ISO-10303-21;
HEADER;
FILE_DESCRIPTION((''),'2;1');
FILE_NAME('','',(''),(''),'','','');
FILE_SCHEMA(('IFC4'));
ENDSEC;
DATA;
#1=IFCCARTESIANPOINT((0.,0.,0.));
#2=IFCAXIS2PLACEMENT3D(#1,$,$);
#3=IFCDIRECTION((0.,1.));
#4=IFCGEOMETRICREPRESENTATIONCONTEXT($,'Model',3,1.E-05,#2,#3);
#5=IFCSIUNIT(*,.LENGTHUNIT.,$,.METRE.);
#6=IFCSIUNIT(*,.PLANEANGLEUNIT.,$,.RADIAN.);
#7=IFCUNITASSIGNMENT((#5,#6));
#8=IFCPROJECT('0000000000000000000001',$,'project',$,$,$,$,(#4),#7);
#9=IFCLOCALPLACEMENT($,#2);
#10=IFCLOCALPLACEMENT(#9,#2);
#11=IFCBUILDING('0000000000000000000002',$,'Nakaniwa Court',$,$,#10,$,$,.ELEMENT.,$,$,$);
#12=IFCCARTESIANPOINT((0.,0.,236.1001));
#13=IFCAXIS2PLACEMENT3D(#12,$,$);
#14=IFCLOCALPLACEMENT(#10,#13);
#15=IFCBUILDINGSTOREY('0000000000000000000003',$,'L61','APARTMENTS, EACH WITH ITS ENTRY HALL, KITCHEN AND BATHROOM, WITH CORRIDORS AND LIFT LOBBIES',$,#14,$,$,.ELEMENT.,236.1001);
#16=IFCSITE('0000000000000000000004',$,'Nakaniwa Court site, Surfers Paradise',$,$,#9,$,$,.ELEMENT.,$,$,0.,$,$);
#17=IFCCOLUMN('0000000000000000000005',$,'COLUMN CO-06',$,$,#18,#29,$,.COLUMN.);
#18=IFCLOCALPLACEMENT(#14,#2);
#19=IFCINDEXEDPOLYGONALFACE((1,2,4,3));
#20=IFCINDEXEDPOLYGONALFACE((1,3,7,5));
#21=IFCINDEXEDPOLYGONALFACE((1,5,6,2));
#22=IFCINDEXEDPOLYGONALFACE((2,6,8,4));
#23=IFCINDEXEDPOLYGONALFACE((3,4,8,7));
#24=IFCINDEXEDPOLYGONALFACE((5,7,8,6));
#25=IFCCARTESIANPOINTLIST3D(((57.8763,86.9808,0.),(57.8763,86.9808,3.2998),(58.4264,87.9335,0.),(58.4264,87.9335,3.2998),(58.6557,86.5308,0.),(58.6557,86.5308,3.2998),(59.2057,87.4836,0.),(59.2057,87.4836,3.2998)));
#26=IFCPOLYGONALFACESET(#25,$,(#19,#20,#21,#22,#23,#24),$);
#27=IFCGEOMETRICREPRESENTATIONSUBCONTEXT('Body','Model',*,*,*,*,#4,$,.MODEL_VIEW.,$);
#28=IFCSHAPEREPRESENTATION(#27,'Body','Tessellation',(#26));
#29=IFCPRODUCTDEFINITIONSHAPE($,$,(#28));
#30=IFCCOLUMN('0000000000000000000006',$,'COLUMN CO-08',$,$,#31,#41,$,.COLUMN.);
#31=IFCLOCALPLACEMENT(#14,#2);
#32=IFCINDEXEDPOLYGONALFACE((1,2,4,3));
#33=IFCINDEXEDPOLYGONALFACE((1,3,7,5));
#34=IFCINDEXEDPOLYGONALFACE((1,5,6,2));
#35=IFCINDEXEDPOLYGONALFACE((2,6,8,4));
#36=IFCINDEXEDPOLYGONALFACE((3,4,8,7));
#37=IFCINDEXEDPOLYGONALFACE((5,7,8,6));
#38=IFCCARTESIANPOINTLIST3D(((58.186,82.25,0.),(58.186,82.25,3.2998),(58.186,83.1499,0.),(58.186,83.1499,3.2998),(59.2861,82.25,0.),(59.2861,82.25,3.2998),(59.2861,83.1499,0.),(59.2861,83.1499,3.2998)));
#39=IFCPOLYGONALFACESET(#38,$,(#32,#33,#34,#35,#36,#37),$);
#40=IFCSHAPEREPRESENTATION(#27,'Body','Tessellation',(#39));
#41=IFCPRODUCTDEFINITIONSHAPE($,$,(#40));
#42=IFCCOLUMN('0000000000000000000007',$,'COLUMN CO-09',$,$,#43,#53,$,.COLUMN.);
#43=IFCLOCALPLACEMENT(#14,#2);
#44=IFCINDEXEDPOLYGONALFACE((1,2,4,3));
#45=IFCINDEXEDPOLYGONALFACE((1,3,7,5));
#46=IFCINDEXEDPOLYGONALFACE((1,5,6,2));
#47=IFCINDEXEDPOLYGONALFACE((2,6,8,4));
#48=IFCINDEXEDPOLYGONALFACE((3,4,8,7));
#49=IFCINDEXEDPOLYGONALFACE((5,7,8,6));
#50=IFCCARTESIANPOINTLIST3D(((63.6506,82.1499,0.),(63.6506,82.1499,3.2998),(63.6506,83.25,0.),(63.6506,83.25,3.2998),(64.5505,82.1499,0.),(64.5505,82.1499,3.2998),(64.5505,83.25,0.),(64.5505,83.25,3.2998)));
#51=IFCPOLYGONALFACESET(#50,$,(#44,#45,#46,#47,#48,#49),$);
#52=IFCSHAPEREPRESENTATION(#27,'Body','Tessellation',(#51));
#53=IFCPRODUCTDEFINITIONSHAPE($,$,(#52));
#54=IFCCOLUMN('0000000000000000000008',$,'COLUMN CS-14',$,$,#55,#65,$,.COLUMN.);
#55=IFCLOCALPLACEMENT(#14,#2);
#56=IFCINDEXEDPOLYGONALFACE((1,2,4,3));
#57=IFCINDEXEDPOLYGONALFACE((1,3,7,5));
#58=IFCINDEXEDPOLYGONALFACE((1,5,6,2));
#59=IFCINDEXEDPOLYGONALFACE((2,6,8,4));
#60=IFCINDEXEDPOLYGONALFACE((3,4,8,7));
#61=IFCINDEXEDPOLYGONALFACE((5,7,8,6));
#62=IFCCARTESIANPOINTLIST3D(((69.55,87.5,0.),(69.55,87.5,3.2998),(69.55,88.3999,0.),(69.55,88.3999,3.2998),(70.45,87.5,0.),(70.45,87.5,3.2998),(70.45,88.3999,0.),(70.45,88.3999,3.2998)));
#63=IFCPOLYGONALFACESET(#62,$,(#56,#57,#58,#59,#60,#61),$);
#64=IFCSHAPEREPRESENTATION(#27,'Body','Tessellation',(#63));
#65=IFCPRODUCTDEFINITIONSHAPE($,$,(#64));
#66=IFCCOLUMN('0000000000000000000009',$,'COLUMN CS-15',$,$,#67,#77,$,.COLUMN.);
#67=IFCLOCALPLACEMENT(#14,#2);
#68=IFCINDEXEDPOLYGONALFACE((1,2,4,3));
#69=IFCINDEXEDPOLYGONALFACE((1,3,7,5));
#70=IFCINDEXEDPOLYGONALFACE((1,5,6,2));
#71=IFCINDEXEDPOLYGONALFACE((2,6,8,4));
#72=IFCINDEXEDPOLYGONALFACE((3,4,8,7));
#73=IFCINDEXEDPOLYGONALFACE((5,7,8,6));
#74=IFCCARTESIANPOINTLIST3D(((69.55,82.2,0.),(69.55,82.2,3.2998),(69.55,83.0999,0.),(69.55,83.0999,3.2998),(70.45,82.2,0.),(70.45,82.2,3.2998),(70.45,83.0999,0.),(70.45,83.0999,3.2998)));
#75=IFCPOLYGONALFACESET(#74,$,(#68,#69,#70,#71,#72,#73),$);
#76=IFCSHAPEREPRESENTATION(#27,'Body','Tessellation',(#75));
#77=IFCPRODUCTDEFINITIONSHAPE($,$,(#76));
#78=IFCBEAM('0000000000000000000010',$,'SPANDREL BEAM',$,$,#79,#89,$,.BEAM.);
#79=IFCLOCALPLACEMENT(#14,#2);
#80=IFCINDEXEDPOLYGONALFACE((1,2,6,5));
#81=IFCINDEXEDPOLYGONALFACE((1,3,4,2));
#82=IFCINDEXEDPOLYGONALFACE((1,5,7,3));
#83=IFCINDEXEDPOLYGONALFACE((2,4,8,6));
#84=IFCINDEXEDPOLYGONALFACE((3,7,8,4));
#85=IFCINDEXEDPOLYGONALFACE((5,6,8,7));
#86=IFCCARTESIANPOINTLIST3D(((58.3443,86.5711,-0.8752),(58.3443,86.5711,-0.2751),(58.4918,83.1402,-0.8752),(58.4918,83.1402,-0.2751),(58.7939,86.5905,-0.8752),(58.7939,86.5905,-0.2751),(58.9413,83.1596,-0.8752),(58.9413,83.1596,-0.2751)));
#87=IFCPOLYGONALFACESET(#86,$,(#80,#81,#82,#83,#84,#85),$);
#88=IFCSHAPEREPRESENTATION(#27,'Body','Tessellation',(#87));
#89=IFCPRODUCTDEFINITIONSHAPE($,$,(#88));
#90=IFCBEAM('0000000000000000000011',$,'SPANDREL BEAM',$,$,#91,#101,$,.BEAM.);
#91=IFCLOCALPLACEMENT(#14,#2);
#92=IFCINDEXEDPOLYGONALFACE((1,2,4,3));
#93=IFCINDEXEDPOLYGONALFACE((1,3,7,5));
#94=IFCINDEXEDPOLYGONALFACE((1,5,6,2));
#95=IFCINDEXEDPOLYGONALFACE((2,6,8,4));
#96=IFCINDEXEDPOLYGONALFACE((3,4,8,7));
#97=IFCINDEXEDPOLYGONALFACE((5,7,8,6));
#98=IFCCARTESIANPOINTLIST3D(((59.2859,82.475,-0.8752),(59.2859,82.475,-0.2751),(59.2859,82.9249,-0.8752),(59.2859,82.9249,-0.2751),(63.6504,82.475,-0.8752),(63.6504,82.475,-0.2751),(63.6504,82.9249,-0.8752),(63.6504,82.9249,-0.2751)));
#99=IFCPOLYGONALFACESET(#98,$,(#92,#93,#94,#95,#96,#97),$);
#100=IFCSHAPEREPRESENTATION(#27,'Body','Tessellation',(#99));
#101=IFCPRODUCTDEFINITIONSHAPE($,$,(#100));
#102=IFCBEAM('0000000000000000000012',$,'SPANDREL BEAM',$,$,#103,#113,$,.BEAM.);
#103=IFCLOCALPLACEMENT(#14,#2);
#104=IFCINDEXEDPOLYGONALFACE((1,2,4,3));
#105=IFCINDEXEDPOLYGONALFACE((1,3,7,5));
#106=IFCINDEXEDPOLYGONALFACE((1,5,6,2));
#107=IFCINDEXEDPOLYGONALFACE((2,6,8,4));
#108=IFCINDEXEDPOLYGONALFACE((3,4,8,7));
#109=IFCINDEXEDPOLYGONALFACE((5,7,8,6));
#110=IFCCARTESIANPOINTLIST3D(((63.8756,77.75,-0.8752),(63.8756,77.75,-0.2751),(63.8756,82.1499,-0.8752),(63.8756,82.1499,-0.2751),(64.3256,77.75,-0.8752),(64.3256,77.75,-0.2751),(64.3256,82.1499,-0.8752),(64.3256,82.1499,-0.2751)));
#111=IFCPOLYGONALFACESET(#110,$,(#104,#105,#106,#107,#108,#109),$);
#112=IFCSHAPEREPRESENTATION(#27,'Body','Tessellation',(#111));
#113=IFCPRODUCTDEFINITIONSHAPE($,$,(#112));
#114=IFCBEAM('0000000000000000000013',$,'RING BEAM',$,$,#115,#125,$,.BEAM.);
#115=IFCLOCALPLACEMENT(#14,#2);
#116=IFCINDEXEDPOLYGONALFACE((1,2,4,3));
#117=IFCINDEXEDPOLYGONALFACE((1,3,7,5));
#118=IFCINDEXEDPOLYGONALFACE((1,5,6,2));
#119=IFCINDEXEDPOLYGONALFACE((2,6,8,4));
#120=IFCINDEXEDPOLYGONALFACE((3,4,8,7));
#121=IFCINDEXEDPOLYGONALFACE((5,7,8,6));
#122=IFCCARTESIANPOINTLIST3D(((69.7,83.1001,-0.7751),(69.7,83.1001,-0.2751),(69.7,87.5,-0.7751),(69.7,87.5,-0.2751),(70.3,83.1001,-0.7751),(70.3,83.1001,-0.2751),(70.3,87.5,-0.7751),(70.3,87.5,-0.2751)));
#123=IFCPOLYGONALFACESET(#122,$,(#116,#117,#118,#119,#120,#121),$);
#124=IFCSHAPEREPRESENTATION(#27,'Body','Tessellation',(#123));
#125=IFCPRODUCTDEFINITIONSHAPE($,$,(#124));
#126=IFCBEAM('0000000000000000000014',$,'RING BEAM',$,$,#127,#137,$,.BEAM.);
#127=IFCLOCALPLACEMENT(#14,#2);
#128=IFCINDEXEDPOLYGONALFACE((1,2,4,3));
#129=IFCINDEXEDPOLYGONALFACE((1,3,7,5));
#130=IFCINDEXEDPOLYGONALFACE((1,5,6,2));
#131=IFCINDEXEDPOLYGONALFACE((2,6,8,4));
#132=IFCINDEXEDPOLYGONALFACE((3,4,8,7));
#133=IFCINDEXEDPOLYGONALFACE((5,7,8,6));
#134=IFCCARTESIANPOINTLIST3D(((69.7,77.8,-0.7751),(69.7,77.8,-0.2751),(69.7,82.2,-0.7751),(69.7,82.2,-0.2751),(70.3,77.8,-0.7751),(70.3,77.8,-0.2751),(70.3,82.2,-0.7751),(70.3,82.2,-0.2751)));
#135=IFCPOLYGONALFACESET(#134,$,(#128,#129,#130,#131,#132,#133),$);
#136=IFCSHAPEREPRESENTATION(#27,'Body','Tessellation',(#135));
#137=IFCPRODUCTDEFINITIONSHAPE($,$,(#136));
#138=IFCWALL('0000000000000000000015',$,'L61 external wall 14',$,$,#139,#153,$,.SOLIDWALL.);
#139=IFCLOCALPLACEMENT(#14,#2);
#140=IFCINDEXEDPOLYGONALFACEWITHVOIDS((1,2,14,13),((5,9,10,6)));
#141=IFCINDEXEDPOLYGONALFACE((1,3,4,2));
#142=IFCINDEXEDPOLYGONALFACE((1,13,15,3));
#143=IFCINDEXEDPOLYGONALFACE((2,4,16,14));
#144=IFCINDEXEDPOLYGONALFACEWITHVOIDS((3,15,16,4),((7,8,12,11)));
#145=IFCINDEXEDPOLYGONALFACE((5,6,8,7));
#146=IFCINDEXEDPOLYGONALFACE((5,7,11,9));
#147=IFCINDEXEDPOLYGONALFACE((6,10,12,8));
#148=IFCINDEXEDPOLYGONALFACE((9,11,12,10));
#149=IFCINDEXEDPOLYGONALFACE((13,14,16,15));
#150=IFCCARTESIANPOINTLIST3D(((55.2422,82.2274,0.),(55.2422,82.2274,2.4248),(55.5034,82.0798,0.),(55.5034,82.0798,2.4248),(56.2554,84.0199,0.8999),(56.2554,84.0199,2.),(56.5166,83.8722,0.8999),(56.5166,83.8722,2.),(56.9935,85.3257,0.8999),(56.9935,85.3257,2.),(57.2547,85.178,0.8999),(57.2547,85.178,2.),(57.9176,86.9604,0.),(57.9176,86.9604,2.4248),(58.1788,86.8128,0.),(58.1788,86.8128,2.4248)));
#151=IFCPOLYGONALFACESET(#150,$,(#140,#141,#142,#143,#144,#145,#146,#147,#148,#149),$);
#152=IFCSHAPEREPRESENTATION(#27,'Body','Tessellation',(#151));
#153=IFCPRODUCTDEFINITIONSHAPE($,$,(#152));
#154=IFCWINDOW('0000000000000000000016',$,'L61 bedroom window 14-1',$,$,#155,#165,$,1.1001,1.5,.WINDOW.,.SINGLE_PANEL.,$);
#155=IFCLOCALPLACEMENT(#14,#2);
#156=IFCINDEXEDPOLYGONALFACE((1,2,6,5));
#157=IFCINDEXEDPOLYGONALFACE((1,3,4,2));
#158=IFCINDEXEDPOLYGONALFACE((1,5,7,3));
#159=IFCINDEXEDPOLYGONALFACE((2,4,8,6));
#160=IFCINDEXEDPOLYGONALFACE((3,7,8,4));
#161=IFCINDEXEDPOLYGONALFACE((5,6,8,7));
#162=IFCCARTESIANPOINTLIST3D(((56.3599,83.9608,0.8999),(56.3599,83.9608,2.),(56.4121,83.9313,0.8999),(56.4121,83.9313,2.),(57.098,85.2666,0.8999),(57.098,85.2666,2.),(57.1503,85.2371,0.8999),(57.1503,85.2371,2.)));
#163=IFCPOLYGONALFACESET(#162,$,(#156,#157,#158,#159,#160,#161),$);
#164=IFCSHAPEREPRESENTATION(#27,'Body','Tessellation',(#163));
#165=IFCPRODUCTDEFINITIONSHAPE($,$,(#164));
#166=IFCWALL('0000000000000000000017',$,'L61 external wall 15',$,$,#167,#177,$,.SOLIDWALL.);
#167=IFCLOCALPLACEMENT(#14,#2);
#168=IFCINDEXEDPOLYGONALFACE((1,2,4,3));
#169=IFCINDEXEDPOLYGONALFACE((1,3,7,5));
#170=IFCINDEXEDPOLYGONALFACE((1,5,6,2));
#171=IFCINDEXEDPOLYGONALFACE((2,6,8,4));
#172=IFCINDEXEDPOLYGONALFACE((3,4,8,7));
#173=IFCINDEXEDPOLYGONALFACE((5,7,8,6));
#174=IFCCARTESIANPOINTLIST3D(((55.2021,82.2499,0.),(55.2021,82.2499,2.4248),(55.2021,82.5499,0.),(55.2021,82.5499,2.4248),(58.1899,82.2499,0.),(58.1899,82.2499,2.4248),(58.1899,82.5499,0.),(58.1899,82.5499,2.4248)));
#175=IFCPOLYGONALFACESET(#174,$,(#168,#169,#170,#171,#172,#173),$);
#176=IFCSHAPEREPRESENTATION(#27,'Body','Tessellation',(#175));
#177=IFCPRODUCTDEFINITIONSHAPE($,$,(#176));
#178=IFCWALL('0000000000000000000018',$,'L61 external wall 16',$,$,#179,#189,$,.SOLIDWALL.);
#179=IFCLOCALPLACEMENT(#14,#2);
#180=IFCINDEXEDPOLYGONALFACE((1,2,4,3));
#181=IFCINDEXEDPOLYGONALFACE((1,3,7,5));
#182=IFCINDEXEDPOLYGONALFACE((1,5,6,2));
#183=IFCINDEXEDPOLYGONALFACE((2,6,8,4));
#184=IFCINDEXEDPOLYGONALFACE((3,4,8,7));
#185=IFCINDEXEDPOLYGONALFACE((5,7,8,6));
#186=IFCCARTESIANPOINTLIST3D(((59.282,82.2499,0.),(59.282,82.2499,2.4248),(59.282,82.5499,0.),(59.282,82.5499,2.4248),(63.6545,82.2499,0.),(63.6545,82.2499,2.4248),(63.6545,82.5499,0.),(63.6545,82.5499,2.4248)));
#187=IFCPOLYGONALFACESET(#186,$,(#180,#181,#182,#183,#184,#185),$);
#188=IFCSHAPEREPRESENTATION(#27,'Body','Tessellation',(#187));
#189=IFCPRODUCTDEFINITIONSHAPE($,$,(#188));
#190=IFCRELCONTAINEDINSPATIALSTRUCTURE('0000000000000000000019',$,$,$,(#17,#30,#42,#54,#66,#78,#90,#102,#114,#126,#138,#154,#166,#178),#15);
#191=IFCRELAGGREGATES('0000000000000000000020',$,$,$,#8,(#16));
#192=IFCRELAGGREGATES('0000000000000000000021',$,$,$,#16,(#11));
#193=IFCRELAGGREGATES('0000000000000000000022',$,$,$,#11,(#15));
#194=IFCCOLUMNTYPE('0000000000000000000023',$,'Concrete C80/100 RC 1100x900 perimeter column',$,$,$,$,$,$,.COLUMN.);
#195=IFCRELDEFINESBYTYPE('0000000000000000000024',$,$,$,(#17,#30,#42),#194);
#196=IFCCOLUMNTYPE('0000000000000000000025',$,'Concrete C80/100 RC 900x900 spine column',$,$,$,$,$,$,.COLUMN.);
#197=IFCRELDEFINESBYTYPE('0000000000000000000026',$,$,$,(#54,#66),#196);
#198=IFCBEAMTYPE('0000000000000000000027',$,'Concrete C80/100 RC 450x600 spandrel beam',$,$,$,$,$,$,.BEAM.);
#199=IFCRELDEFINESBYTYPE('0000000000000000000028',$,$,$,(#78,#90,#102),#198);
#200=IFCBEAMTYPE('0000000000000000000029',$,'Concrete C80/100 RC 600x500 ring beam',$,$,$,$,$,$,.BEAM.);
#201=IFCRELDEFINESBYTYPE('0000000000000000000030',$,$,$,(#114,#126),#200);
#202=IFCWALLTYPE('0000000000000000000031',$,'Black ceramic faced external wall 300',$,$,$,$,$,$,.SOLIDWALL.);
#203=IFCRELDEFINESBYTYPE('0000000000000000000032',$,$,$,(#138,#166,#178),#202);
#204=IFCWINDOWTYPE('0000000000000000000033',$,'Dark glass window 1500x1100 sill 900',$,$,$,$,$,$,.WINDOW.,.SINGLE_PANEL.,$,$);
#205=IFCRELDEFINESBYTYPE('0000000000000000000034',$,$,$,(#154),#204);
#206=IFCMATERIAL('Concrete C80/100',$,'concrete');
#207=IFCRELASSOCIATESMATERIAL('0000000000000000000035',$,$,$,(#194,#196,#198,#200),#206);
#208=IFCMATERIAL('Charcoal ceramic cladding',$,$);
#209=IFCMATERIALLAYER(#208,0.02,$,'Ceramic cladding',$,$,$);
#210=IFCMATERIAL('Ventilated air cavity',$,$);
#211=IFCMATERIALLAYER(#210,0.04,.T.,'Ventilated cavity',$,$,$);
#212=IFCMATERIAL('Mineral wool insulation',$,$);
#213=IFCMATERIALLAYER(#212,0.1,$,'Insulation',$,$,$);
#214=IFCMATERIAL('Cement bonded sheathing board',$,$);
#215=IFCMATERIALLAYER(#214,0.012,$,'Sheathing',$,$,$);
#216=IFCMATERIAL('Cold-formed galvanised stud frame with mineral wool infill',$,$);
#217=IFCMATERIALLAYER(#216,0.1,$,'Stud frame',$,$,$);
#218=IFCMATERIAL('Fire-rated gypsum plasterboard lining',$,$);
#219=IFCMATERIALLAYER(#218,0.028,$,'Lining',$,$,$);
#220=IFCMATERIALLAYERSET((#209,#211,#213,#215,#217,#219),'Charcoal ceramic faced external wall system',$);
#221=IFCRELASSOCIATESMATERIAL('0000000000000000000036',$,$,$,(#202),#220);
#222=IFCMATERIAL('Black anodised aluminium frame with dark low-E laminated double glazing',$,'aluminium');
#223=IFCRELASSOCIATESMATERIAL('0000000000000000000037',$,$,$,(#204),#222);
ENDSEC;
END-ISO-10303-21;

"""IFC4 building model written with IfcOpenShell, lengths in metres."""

from ifc_helpers import new_model, si_unit, direction, frame, frame_2d, origin, origin_2d, place, context, subcontext, project, spatial, rectangle, extrude, material, layer, layer_set, material_profile, profile_set, type_object, element, fill, save


model = new_model("IFC4")

# Units and contexts
model_context = context("Model", 3, precision=1e-05, world=origin(), true_north=direction((0.0, 1.0)))
body_context = subcontext(model_context, "Body", "Model", "MODEL_VIEW")
ifc_project = project(units=[si_unit("LENGTHUNIT", "METRE"), si_unit("PLANEANGLEUNIT", "RADIAN")], contexts=[model_context])

# Site, building, storey
site_placement = place(None, origin())
site = spatial("IfcSite", under=ifc_project, at=site_placement, Name="Nakaniwa Court site, Surfers Paradise", CompositionType="ELEMENT", RefElevation=0.0)
building_placement = place(site_placement, origin())
building = spatial("IfcBuilding", under=site, at=building_placement, Name="Nakaniwa Court", CompositionType="ELEMENT")
storey_placement = place(building_placement, frame((0.0, 0.0, 236.1001)))
storey = spatial("IfcBuildingStorey", under=building, at=storey_placement, Name="L61", Description="APARTMENTS, EACH WITH ITS ENTRY HALL, KITCHEN AND BATHROOM, WITH CORRIDORS AND LIFT LOBBIES", CompositionType="ELEMENT", Elevation=236.1001)

# Columns
ifc_material_1 = material(Name="Concrete C80/100", Category="concrete")
ifc_material_profile_1 = material_profile(ifc_material_1, rectangle(XDim=1.1001, YDim=0.8999, at=origin_2d()), Name="Concrete C80/100 RC 1100x900 perimeter column")
ifc_profile_set_1 = profile_set([ifc_material_profile_1], Name="Concrete C80/100")
column_type_1 = type_object("IfcColumnType", Name="Concrete C80/100 RC 1100x900 perimeter column", PredefinedType="COLUMN", material=ifc_profile_set_1)
for number, where, z_axis, x_axis, name in (
    (1, (58.541, 87.2322, 0.0), (0.0, 0.0, 1.0), (-0.5, -0.866025, 0.0), "COLUMN CO-06"),
    (2, (58.7361, 82.7, 0.0), (0.0, 0.0, 1.0), (1.0, 0.0, 0.0), "COLUMN CO-08"),
    (3, (64.1006, 82.7, 0.0), (0.0, 0.0, 1.0), (0.0, -1.0, 0.0), "COLUMN CO-09"),
):
    element("IfcColumn", number, at=place(storey_placement, frame(where, z_axis=z_axis, x_axis=x_axis)), inside=storey, type_object=column_type_1, Name=name, PredefinedType="COLUMN", context=body_context, shape_type="SweptSolid", body=[
        extrude(rectangle(XDim=1.1001, YDim=0.8999, at=origin_2d()), origin(), (0.0, 0.0, 1.0), 3.2998),
    ])
ifc_material_profile_2 = material_profile(ifc_material_1, rectangle(XDim=0.8999, YDim=0.8999, at=origin_2d()), Name="Concrete C80/100 RC 900x900 spine column")
ifc_profile_set_2 = profile_set([ifc_material_profile_2], Name="Concrete C80/100")
column_type_2 = type_object("IfcColumnType", Name="Concrete C80/100 RC 900x900 spine column", PredefinedType="COLUMN", material=ifc_profile_set_2)
for number, where, z_axis, x_axis, name in (
    (4, (70.0, 87.95, 0.0), (0.0, 0.0, 1.0), (0.0, -1.0, 0.0), "COLUMN CS-14"),
    (5, (70.0, 82.6499, 0.0), (0.0, 0.0, 1.0), (0.0, -1.0, 0.0), "COLUMN CS-15"),
):
    element("IfcColumn", number, at=place(storey_placement, frame(where, z_axis=z_axis, x_axis=x_axis)), inside=storey, type_object=column_type_2, Name=name, PredefinedType="COLUMN", context=body_context, shape_type="SweptSolid", body=[
        extrude(rectangle(XDim=0.8999, YDim=0.8999, at=origin_2d()), origin(), (0.0, 0.0, 1.0), 3.2998),
    ])

# Beams
ifc_material_profile_3 = material_profile(ifc_material_1, rectangle(XDim=0.45, YDim=0.6001, at=origin_2d()), Name="Concrete C80/100 RC 450x600 spandrel beam")
ifc_profile_set_3 = profile_set([ifc_material_profile_3], Name="Concrete C80/100")
beam_type_1 = type_object("IfcBeamType", Name="Concrete C80/100 RC 450x600 spandrel beam", PredefinedType="BEAM", material=ifc_profile_set_3)
beam_1_placement = place(storey_placement, frame((58.5691, 86.5808, -0.5752), z_axis=(0.042941, -0.999078, 0.0), x_axis=(0.999078, 0.042941, 0.0)))
element("IfcBeam", 6, at=beam_1_placement, inside=storey, type_object=beam_type_1, Name="SPANDREL BEAM", PredefinedType="BEAM", context=body_context, shape_type="SweptSolid", body=[
    extrude(rectangle(XDim=0.45, YDim=0.6001, at=origin_2d()), origin(), (0.0, 0.0, 1.0), 3.4341),
])
beam_2_placement = place(storey_placement, frame((59.2859, 82.7, -0.5752), z_axis=(1.0, 0.0, 0.0), x_axis=(0.0, 1.0, 0.0)))
element("IfcBeam", 7, at=beam_2_placement, inside=storey, type_object=beam_type_1, Name="SPANDREL BEAM", PredefinedType="BEAM", context=body_context, shape_type="SweptSolid", body=[
    extrude(rectangle(XDim=0.45, YDim=0.6001, at=origin_2d()), origin(), (0.0, 0.0, 1.0), 4.3645),
])
beam_3_placement = place(storey_placement, frame((64.1006, 82.1499, -0.5752), z_axis=(0.0, -1.0, 0.0), x_axis=(1.0, 0.0, 0.0)))
element("IfcBeam", 8, at=beam_3_placement, inside=storey, type_object=beam_type_1, Name="SPANDREL BEAM", PredefinedType="BEAM", context=body_context, shape_type="SweptSolid", body=[
    extrude(rectangle(XDim=0.45, YDim=0.6001, at=origin_2d()), origin(), (0.0, 0.0, 1.0), 4.3999),
])
ifc_material_profile_4 = material_profile(ifc_material_1, rectangle(XDim=0.6001, YDim=0.5, at=origin_2d()), Name="Concrete C80/100 RC 600x500 ring beam")
ifc_profile_set_4 = profile_set([ifc_material_profile_4], Name="Concrete C80/100")
beam_type_2 = type_object("IfcBeamType", Name="Concrete C80/100 RC 600x500 ring beam", PredefinedType="BEAM", material=ifc_profile_set_4)
for number, where, z_axis, x_axis, name in (
    (9, (70.0, 87.5, -0.5251), (0.0, -1.0, 0.0), (1.0, 0.0, 0.0), "RING BEAM"),
    (10, (70.0, 82.2, -0.5251), (0.0, -1.0, 0.0), (1.0, 0.0, 0.0), "RING BEAM"),
):
    element("IfcBeam", number, at=place(storey_placement, frame(where, z_axis=z_axis, x_axis=x_axis)), inside=storey, type_object=beam_type_2, Name=name, PredefinedType="BEAM", context=body_context, shape_type="SweptSolid", body=[
        extrude(rectangle(XDim=0.6001, YDim=0.5, at=origin_2d()), origin(), (0.0, 0.0, 1.0), 4.3999),
    ])

# Wall, opening, window
ifc_material_2 = material(Name="Charcoal ceramic cladding")
ifc_layer_1 = layer(ifc_material_2, 0.02, Name="Ceramic cladding")
ifc_material_3 = material(Name="Ventilated air cavity")
ifc_layer_2 = layer(ifc_material_3, 0.04, ventilated=True, Name="Ventilated cavity")
ifc_material_4 = material(Name="Mineral wool insulation")
ifc_layer_3 = layer(ifc_material_4, 0.1, Name="Insulation")
ifc_material_5 = material(Name="Cement bonded sheathing board")
ifc_layer_4 = layer(ifc_material_5, 0.012, Name="Sheathing")
ifc_material_6 = material(Name="Cold-formed galvanised stud frame with mineral wool infill")
ifc_layer_5 = layer(ifc_material_6, 0.1, Name="Stud frame")
ifc_material_7 = material(Name="Fire-rated gypsum plasterboard lining")
ifc_layer_6 = layer(ifc_material_7, 0.028, Name="Lining")
ifc_layer_set_1 = layer_set([ifc_layer_1, ifc_layer_2, ifc_layer_3, ifc_layer_4, ifc_layer_5, ifc_layer_6], Name="Charcoal ceramic faced external wall system")
wall_type_1 = type_object("IfcWallType", Name="Black ceramic faced external wall 300", PredefinedType="SOLIDWALL", material=ifc_layer_set_1)
wall_1_placement = place(storey_placement, frame((58.0481, 86.8865, 0.0), z_axis=(0.0, 0.0, 1.0), x_axis=(-0.492081, -0.870549, 0.0)))
wall_1 = element("IfcWall", 11, at=wall_1_placement, inside=storey, type_object=wall_type_1, Name="L61 external wall 14", PredefinedType="SOLIDWALL", context=body_context, shape_type="SweptSolid", body=[
    extrude(rectangle(XDim=5.4368, YDim=0.3, at=frame_2d((2.7183, 0.0))), origin(), (0.0, 0.0, 1.0), 2.4248),
])
opening_1_placement = place(wall_1_placement, frame((1.8777, 0.0, 0.8999)))
opening_1 = element("IfcOpeningElement", 12, at=opening_1_placement, cuts=wall_1, PredefinedType="OPENING", context=body_context, shape_type="SweptSolid", body=[
    extrude(rectangle(XDim=1.5, YDim=1.1001, at=frame_2d((0.75, 0.55))), frame((0.0, 0.1599, 0.0), z_axis=(0.0, -1.0, 0.0), x_axis=(1.0, 0.0, 0.0)), (0.0, 0.0, 1.0), 0.3201),
])
ifc_material_8 = material(Name="Black anodised aluminium frame with dark low-E laminated double glazing", Category="aluminium")
window_type_1 = type_object("IfcWindowType", Name="Dark glass window 1500x1100 sill 900", PartitioningType="SINGLE_PANEL", PredefinedType="WINDOW", material=ifc_material_8)
window_1_placement = place(opening_1_placement, origin())
window_1 = element("IfcWindow", 13, at=window_1_placement, inside=storey, type_object=window_type_1, Name="L61 bedroom window 14-1", OverallHeight=1.1001, OverallWidth=1.5, PartitioningType="SINGLE_PANEL", PredefinedType="WINDOW", context=body_context, shape_type="SweptSolid", body=[
    extrude(rectangle(XDim=1.5, YDim=1.1001, at=frame_2d((0.75, 0.55))), frame((0.0, 0.03, 0.0), z_axis=(0.0, -1.0, 0.0), x_axis=(1.0, 0.0, 0.0)), (0.0, 0.0, 1.0), 0.0601),
])
fill(opening_1, window_1)

# Walls
wall_2_placement = place(storey_placement, frame((55.2021, 82.3999, 0.0), z_axis=(0.0, 0.0, 1.0), x_axis=(1.0, 0.0, 0.0)))
element("IfcWall", 14, at=wall_2_placement, inside=storey, type_object=wall_type_1, Name="L61 external wall 15", PredefinedType="SOLIDWALL", context=body_context, shape_type="SweptSolid", body=[
    extrude(rectangle(XDim=2.9878, YDim=0.3, at=frame_2d((1.4939, 0.0))), origin(), (0.0, 0.0, 1.0), 2.4248),
])
wall_3_placement = place(storey_placement, frame((59.282, 82.3999, 0.0), z_axis=(0.0, 0.0, 1.0), x_axis=(1.0, 0.0, 0.0)))
element("IfcWall", 15, at=wall_3_placement, inside=storey, type_object=wall_type_1, Name="L61 external wall 16", PredefinedType="SOLIDWALL", context=body_context, shape_type="SweptSolid", body=[
    extrude(rectangle(XDim=4.3726, YDim=0.3, at=frame_2d((2.1863, 0.0))), origin(), (0.0, 0.0, 1.0), 2.4248),
])

save(model, "model.ifc")
